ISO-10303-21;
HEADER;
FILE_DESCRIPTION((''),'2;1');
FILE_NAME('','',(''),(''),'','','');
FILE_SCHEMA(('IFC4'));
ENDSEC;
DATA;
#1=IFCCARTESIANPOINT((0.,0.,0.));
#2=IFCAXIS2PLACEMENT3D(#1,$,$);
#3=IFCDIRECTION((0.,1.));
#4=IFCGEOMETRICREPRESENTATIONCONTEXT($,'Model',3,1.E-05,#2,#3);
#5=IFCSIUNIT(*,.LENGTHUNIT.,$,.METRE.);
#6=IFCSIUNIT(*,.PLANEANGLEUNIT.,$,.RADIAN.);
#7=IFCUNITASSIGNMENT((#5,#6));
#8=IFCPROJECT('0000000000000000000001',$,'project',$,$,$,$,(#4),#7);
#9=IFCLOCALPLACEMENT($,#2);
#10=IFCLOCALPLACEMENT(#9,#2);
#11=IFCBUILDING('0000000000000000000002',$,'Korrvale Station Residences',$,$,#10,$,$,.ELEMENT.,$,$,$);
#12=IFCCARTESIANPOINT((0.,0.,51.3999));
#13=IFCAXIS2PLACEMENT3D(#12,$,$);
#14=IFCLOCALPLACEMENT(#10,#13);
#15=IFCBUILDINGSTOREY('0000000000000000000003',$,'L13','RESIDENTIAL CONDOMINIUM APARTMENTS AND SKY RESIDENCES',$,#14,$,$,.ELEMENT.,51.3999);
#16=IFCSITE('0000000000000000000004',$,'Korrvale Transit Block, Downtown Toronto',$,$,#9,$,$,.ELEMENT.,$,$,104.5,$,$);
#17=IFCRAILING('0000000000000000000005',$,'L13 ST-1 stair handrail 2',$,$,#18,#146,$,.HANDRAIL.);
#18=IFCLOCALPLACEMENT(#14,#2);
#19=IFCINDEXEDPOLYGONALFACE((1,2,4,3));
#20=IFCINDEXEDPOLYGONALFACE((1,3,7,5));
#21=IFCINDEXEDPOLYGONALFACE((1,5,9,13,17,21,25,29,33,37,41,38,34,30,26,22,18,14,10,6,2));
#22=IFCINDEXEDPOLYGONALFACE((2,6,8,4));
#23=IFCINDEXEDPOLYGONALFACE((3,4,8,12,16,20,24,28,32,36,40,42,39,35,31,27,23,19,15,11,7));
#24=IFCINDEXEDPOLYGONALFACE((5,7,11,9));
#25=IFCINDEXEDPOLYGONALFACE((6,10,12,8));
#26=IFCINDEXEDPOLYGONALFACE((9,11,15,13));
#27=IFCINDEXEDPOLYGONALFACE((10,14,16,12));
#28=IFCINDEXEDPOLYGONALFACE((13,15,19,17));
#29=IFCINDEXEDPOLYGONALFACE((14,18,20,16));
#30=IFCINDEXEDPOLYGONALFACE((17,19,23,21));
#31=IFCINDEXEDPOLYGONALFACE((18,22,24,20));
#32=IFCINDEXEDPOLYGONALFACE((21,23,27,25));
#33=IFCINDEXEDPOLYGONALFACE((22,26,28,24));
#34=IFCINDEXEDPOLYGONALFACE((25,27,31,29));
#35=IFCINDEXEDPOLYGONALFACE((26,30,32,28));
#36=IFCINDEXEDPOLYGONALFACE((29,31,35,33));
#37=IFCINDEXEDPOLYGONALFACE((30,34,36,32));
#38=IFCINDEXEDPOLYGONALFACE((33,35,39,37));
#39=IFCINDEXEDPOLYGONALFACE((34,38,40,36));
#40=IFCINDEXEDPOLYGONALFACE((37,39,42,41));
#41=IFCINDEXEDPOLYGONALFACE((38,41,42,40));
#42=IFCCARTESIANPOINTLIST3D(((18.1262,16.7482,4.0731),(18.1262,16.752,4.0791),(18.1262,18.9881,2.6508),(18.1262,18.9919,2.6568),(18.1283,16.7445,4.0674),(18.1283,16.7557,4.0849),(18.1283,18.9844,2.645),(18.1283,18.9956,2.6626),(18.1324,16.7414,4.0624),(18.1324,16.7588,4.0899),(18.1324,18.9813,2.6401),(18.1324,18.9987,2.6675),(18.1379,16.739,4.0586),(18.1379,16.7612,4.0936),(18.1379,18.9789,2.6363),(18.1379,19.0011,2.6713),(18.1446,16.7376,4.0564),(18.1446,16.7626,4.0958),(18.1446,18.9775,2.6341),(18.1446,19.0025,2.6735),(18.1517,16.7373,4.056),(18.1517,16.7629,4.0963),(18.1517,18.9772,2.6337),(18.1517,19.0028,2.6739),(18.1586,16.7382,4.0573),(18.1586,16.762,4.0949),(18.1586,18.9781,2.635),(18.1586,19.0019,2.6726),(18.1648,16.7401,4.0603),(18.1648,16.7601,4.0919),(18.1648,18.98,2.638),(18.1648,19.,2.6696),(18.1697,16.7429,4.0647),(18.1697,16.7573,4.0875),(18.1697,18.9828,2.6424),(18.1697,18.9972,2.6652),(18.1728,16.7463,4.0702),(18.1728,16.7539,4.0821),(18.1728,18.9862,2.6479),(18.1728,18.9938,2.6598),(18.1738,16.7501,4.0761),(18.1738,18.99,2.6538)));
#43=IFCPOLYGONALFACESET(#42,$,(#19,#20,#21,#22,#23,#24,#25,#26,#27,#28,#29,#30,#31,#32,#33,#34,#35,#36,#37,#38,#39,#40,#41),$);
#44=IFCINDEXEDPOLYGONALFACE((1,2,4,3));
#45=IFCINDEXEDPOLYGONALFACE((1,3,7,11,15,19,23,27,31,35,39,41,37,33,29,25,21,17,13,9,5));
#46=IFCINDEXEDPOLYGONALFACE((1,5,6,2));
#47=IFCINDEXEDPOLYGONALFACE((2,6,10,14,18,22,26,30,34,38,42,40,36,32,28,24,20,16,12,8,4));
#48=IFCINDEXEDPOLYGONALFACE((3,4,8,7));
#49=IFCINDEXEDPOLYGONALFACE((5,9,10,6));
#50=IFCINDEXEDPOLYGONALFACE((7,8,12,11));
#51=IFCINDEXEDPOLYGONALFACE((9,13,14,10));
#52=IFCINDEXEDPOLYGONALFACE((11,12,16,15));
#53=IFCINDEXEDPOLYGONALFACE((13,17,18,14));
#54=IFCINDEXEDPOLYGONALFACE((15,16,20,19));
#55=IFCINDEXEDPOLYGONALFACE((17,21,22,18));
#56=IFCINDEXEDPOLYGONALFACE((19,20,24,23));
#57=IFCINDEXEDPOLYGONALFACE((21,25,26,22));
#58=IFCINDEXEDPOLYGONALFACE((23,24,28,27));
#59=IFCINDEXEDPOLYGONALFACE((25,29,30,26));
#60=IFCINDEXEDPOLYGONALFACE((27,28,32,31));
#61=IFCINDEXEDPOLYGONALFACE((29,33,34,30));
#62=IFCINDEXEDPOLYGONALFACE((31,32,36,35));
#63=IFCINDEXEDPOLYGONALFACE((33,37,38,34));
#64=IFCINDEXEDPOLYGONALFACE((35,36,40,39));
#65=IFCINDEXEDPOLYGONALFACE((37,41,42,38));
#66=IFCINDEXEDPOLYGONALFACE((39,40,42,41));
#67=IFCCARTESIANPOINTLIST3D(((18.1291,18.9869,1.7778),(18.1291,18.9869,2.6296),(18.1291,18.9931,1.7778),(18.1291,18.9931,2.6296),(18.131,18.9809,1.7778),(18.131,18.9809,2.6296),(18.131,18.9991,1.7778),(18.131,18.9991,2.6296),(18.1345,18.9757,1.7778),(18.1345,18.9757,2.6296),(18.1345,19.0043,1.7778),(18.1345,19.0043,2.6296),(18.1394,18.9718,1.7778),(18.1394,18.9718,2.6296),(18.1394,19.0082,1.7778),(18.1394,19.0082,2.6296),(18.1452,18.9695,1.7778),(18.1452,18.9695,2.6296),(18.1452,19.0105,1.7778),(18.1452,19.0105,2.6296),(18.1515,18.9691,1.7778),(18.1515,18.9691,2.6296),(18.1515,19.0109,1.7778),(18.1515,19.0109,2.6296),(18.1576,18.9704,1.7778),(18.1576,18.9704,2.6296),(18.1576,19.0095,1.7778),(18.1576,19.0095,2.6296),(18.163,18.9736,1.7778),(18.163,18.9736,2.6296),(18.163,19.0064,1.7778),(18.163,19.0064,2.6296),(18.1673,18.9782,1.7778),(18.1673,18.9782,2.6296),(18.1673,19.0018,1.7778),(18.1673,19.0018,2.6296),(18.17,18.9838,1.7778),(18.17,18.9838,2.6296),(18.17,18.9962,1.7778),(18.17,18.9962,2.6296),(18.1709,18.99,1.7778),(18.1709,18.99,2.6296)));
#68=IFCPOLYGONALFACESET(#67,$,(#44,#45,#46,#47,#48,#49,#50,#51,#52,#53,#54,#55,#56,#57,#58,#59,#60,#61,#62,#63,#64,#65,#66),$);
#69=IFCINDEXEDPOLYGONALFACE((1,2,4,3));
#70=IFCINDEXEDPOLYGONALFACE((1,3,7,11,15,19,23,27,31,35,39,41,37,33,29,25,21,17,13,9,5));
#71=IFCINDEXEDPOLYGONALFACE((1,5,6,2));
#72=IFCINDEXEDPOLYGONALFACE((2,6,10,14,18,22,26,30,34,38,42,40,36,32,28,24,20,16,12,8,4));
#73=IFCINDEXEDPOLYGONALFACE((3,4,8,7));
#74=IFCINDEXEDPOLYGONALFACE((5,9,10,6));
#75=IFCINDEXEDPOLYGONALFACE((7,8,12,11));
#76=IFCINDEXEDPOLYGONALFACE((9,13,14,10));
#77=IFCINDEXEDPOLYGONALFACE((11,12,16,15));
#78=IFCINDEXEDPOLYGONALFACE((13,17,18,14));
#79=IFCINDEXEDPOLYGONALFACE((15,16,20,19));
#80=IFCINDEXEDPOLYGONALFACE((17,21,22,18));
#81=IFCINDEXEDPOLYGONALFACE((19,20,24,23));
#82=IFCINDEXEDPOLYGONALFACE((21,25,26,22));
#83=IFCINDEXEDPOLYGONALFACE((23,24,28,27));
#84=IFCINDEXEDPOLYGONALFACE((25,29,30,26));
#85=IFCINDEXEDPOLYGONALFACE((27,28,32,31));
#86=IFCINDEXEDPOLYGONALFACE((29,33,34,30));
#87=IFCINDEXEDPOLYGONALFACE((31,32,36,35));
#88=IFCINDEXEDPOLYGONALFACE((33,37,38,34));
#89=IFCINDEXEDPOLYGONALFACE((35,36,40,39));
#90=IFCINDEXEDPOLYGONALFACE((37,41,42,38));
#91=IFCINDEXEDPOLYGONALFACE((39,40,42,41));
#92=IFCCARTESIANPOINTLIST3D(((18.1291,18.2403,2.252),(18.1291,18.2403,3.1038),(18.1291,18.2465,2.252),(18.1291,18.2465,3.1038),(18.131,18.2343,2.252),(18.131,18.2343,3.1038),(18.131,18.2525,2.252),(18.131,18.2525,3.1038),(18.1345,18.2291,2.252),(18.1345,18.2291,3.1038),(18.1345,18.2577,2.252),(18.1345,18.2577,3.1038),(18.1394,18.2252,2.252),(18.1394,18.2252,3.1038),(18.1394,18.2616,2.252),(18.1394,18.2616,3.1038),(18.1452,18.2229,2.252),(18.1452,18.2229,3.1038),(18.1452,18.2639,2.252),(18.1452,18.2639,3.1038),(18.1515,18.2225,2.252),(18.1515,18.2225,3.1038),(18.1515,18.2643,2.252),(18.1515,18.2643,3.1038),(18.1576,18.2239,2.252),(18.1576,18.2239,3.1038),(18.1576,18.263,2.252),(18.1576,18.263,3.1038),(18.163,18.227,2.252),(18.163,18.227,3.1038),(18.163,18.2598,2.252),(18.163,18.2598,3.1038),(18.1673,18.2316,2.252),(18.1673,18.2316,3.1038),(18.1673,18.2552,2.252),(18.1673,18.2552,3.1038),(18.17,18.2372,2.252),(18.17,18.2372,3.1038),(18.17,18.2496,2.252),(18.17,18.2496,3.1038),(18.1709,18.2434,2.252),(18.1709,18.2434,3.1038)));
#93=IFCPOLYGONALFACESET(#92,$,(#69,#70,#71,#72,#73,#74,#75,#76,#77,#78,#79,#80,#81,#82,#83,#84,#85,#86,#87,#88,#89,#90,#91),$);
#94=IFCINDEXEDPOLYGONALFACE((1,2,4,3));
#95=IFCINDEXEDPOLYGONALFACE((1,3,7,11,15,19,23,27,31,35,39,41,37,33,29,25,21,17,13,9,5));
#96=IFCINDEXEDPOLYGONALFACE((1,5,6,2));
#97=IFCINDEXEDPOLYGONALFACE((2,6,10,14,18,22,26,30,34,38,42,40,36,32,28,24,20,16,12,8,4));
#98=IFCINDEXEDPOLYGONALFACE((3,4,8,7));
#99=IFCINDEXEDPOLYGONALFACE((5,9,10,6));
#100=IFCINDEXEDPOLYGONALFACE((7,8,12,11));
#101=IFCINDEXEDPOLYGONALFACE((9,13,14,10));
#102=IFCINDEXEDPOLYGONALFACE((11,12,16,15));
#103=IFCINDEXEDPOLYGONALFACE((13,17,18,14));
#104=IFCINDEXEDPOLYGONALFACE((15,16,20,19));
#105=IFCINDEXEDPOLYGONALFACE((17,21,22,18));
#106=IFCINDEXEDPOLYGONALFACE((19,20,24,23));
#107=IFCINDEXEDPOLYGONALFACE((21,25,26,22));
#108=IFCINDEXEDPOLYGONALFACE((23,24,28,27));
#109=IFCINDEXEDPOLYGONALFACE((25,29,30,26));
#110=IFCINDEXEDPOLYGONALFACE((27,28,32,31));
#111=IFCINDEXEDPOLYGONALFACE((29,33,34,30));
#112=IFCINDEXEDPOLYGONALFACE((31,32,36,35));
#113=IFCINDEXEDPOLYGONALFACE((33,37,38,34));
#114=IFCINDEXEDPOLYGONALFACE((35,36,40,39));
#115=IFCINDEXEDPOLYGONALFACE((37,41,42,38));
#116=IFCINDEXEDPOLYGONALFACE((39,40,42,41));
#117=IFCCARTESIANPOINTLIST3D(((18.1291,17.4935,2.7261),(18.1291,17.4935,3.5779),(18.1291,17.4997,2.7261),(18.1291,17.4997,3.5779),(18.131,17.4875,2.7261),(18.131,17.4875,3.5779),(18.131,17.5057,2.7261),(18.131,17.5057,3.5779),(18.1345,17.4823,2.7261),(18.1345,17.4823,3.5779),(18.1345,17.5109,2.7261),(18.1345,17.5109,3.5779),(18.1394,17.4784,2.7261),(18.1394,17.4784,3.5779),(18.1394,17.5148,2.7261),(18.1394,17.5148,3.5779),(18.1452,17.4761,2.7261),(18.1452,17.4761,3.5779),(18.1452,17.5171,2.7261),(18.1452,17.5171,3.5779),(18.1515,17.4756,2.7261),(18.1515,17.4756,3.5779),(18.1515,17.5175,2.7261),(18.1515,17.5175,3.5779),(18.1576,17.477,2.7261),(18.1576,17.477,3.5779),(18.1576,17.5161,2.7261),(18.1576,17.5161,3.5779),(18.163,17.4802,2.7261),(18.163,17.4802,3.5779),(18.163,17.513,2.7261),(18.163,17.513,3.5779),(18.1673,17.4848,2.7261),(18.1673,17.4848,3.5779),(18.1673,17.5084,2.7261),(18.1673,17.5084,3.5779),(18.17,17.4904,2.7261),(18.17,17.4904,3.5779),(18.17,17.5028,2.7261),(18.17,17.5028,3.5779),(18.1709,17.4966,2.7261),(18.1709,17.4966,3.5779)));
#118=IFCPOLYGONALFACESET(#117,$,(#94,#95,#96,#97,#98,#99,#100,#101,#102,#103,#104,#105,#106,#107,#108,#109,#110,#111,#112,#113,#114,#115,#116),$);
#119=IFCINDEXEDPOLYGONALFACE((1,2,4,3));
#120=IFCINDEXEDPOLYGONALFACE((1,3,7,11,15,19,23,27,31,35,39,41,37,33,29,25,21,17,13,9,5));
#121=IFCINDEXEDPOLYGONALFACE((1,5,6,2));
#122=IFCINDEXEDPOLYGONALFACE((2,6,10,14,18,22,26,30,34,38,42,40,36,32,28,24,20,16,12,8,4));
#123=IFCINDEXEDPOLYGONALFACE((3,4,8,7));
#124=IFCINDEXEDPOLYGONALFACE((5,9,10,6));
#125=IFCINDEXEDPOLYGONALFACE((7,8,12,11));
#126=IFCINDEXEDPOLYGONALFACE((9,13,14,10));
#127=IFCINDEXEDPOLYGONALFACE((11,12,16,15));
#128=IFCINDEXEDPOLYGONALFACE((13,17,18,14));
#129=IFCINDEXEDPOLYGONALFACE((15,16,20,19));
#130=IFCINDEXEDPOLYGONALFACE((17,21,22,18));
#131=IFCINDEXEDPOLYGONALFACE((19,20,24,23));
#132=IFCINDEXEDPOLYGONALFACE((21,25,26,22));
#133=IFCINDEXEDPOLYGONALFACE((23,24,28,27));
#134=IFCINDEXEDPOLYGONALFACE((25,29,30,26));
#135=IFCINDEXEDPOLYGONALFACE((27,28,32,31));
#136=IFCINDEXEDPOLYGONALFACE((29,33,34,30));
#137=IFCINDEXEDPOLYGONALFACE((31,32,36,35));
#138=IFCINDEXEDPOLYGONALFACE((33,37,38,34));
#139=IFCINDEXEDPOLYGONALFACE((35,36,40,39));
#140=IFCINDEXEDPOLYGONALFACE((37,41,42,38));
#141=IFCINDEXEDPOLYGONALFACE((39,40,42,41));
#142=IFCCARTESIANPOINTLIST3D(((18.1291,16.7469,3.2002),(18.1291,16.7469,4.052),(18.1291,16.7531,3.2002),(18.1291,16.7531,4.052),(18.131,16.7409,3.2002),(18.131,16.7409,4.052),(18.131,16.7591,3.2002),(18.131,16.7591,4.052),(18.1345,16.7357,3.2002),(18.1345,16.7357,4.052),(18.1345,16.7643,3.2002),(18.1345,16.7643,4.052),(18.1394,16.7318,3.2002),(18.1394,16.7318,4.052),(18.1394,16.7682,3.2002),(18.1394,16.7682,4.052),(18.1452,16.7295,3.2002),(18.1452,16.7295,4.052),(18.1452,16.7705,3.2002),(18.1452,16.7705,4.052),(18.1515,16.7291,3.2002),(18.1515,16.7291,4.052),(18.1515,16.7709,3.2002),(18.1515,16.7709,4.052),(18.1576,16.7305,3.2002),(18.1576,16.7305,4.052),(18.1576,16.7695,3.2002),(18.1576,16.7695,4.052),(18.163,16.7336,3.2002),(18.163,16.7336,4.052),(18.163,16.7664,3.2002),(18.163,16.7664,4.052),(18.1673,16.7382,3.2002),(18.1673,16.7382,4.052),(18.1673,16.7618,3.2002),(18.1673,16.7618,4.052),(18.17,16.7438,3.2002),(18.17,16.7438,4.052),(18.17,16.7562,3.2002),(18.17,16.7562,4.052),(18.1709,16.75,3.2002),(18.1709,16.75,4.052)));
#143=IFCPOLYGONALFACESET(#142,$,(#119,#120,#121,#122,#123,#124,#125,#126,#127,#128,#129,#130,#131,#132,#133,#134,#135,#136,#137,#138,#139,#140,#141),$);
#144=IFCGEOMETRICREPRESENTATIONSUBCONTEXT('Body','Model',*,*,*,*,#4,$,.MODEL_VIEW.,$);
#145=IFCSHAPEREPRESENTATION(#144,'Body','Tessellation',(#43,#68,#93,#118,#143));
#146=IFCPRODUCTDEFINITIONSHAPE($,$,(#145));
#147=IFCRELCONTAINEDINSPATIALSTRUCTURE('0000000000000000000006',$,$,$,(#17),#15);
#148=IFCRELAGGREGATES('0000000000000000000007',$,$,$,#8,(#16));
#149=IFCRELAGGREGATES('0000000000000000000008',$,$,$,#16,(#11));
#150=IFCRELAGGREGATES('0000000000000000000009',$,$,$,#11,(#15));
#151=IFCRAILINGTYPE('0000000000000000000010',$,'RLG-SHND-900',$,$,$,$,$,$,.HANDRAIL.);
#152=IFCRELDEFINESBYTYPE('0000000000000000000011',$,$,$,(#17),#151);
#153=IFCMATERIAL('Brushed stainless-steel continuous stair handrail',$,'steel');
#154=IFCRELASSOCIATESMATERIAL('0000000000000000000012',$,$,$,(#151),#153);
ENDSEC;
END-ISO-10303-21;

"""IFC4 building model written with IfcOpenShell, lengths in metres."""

from ifc_helpers import new_model, si_unit, direction, frame, origin, origin_2d, place, context, subcontext, project, spatial, circle, extrude, material, type_object, element, save


model = new_model("IFC4")

# Units and contexts
model_context = context("Model", 3, precision=1e-05, world=origin(), true_north=direction((0.0, 1.0)))
body_context = subcontext(model_context, "Body", "Model", "MODEL_VIEW")
ifc_project = project(units=[si_unit("LENGTHUNIT", "METRE"), si_unit("PLANEANGLEUNIT", "RADIAN")], contexts=[model_context])

# Site, building, storey
site_placement = place(None, origin())
site = spatial("IfcSite", under=ifc_project, at=site_placement, Name="Korrvale Transit Block, Downtown Toronto", CompositionType="ELEMENT", RefElevation=104.5)
building_placement = place(site_placement, origin())
building = spatial("IfcBuilding", under=site, at=building_placement, Name="Korrvale Station Residences", CompositionType="ELEMENT")
storey_placement = place(building_placement, frame((0.0, 0.0, 51.3999)))
storey = spatial("IfcBuildingStorey", under=building, at=storey_placement, Name="L13", Description="RESIDENTIAL CONDOMINIUM APARTMENTS AND SKY RESIDENCES", CompositionType="ELEMENT", Elevation=51.3999)

# Railing
ifc_material_1 = material(Name="Brushed stainless-steel continuous stair handrail", Category="steel")
railing_type_1 = type_object("IfcRailingType", Name="RLG-SHND-900", PredefinedType="HANDRAIL", material=ifc_material_1)
railing_1_placement = place(storey_placement, frame((18.1499, 18.99, 1.7778)))
element("IfcRailing", 1, at=railing_1_placement, inside=storey, type_object=railing_type_1, Name="L13 ST-1 stair handrail 2", PredefinedType="HANDRAIL", context=body_context, shape_type="SweptSolid", body=[
    extrude(circle(Radius=0.0239, at=origin_2d()), frame((0.0, 0.0, 0.876), z_axis=(0.0, -0.844188, 0.536048), x_axis=(1.0, 0.0, 0.0)), (0.0, 0.0, 1.0), 2.6533),
    extrude(circle(Radius=0.021, at=origin_2d()), origin(), (0.0, 0.0, 1.0), 0.8518),
    extrude(circle(Radius=0.021, at=origin_2d()), frame((0.0, -0.7466, 0.4741)), (0.0, 0.0, 1.0), 0.8518),
    extrude(circle(Radius=0.021, at=origin_2d()), frame((0.0, -1.4934, 0.9482)), (0.0, 0.0, 1.0), 0.8518),
    extrude(circle(Radius=0.021, at=origin_2d()), frame((0.0, -2.24, 1.4224)), (0.0, 0.0, 1.0), 0.8518),
])

save(model, "model.ifc")
